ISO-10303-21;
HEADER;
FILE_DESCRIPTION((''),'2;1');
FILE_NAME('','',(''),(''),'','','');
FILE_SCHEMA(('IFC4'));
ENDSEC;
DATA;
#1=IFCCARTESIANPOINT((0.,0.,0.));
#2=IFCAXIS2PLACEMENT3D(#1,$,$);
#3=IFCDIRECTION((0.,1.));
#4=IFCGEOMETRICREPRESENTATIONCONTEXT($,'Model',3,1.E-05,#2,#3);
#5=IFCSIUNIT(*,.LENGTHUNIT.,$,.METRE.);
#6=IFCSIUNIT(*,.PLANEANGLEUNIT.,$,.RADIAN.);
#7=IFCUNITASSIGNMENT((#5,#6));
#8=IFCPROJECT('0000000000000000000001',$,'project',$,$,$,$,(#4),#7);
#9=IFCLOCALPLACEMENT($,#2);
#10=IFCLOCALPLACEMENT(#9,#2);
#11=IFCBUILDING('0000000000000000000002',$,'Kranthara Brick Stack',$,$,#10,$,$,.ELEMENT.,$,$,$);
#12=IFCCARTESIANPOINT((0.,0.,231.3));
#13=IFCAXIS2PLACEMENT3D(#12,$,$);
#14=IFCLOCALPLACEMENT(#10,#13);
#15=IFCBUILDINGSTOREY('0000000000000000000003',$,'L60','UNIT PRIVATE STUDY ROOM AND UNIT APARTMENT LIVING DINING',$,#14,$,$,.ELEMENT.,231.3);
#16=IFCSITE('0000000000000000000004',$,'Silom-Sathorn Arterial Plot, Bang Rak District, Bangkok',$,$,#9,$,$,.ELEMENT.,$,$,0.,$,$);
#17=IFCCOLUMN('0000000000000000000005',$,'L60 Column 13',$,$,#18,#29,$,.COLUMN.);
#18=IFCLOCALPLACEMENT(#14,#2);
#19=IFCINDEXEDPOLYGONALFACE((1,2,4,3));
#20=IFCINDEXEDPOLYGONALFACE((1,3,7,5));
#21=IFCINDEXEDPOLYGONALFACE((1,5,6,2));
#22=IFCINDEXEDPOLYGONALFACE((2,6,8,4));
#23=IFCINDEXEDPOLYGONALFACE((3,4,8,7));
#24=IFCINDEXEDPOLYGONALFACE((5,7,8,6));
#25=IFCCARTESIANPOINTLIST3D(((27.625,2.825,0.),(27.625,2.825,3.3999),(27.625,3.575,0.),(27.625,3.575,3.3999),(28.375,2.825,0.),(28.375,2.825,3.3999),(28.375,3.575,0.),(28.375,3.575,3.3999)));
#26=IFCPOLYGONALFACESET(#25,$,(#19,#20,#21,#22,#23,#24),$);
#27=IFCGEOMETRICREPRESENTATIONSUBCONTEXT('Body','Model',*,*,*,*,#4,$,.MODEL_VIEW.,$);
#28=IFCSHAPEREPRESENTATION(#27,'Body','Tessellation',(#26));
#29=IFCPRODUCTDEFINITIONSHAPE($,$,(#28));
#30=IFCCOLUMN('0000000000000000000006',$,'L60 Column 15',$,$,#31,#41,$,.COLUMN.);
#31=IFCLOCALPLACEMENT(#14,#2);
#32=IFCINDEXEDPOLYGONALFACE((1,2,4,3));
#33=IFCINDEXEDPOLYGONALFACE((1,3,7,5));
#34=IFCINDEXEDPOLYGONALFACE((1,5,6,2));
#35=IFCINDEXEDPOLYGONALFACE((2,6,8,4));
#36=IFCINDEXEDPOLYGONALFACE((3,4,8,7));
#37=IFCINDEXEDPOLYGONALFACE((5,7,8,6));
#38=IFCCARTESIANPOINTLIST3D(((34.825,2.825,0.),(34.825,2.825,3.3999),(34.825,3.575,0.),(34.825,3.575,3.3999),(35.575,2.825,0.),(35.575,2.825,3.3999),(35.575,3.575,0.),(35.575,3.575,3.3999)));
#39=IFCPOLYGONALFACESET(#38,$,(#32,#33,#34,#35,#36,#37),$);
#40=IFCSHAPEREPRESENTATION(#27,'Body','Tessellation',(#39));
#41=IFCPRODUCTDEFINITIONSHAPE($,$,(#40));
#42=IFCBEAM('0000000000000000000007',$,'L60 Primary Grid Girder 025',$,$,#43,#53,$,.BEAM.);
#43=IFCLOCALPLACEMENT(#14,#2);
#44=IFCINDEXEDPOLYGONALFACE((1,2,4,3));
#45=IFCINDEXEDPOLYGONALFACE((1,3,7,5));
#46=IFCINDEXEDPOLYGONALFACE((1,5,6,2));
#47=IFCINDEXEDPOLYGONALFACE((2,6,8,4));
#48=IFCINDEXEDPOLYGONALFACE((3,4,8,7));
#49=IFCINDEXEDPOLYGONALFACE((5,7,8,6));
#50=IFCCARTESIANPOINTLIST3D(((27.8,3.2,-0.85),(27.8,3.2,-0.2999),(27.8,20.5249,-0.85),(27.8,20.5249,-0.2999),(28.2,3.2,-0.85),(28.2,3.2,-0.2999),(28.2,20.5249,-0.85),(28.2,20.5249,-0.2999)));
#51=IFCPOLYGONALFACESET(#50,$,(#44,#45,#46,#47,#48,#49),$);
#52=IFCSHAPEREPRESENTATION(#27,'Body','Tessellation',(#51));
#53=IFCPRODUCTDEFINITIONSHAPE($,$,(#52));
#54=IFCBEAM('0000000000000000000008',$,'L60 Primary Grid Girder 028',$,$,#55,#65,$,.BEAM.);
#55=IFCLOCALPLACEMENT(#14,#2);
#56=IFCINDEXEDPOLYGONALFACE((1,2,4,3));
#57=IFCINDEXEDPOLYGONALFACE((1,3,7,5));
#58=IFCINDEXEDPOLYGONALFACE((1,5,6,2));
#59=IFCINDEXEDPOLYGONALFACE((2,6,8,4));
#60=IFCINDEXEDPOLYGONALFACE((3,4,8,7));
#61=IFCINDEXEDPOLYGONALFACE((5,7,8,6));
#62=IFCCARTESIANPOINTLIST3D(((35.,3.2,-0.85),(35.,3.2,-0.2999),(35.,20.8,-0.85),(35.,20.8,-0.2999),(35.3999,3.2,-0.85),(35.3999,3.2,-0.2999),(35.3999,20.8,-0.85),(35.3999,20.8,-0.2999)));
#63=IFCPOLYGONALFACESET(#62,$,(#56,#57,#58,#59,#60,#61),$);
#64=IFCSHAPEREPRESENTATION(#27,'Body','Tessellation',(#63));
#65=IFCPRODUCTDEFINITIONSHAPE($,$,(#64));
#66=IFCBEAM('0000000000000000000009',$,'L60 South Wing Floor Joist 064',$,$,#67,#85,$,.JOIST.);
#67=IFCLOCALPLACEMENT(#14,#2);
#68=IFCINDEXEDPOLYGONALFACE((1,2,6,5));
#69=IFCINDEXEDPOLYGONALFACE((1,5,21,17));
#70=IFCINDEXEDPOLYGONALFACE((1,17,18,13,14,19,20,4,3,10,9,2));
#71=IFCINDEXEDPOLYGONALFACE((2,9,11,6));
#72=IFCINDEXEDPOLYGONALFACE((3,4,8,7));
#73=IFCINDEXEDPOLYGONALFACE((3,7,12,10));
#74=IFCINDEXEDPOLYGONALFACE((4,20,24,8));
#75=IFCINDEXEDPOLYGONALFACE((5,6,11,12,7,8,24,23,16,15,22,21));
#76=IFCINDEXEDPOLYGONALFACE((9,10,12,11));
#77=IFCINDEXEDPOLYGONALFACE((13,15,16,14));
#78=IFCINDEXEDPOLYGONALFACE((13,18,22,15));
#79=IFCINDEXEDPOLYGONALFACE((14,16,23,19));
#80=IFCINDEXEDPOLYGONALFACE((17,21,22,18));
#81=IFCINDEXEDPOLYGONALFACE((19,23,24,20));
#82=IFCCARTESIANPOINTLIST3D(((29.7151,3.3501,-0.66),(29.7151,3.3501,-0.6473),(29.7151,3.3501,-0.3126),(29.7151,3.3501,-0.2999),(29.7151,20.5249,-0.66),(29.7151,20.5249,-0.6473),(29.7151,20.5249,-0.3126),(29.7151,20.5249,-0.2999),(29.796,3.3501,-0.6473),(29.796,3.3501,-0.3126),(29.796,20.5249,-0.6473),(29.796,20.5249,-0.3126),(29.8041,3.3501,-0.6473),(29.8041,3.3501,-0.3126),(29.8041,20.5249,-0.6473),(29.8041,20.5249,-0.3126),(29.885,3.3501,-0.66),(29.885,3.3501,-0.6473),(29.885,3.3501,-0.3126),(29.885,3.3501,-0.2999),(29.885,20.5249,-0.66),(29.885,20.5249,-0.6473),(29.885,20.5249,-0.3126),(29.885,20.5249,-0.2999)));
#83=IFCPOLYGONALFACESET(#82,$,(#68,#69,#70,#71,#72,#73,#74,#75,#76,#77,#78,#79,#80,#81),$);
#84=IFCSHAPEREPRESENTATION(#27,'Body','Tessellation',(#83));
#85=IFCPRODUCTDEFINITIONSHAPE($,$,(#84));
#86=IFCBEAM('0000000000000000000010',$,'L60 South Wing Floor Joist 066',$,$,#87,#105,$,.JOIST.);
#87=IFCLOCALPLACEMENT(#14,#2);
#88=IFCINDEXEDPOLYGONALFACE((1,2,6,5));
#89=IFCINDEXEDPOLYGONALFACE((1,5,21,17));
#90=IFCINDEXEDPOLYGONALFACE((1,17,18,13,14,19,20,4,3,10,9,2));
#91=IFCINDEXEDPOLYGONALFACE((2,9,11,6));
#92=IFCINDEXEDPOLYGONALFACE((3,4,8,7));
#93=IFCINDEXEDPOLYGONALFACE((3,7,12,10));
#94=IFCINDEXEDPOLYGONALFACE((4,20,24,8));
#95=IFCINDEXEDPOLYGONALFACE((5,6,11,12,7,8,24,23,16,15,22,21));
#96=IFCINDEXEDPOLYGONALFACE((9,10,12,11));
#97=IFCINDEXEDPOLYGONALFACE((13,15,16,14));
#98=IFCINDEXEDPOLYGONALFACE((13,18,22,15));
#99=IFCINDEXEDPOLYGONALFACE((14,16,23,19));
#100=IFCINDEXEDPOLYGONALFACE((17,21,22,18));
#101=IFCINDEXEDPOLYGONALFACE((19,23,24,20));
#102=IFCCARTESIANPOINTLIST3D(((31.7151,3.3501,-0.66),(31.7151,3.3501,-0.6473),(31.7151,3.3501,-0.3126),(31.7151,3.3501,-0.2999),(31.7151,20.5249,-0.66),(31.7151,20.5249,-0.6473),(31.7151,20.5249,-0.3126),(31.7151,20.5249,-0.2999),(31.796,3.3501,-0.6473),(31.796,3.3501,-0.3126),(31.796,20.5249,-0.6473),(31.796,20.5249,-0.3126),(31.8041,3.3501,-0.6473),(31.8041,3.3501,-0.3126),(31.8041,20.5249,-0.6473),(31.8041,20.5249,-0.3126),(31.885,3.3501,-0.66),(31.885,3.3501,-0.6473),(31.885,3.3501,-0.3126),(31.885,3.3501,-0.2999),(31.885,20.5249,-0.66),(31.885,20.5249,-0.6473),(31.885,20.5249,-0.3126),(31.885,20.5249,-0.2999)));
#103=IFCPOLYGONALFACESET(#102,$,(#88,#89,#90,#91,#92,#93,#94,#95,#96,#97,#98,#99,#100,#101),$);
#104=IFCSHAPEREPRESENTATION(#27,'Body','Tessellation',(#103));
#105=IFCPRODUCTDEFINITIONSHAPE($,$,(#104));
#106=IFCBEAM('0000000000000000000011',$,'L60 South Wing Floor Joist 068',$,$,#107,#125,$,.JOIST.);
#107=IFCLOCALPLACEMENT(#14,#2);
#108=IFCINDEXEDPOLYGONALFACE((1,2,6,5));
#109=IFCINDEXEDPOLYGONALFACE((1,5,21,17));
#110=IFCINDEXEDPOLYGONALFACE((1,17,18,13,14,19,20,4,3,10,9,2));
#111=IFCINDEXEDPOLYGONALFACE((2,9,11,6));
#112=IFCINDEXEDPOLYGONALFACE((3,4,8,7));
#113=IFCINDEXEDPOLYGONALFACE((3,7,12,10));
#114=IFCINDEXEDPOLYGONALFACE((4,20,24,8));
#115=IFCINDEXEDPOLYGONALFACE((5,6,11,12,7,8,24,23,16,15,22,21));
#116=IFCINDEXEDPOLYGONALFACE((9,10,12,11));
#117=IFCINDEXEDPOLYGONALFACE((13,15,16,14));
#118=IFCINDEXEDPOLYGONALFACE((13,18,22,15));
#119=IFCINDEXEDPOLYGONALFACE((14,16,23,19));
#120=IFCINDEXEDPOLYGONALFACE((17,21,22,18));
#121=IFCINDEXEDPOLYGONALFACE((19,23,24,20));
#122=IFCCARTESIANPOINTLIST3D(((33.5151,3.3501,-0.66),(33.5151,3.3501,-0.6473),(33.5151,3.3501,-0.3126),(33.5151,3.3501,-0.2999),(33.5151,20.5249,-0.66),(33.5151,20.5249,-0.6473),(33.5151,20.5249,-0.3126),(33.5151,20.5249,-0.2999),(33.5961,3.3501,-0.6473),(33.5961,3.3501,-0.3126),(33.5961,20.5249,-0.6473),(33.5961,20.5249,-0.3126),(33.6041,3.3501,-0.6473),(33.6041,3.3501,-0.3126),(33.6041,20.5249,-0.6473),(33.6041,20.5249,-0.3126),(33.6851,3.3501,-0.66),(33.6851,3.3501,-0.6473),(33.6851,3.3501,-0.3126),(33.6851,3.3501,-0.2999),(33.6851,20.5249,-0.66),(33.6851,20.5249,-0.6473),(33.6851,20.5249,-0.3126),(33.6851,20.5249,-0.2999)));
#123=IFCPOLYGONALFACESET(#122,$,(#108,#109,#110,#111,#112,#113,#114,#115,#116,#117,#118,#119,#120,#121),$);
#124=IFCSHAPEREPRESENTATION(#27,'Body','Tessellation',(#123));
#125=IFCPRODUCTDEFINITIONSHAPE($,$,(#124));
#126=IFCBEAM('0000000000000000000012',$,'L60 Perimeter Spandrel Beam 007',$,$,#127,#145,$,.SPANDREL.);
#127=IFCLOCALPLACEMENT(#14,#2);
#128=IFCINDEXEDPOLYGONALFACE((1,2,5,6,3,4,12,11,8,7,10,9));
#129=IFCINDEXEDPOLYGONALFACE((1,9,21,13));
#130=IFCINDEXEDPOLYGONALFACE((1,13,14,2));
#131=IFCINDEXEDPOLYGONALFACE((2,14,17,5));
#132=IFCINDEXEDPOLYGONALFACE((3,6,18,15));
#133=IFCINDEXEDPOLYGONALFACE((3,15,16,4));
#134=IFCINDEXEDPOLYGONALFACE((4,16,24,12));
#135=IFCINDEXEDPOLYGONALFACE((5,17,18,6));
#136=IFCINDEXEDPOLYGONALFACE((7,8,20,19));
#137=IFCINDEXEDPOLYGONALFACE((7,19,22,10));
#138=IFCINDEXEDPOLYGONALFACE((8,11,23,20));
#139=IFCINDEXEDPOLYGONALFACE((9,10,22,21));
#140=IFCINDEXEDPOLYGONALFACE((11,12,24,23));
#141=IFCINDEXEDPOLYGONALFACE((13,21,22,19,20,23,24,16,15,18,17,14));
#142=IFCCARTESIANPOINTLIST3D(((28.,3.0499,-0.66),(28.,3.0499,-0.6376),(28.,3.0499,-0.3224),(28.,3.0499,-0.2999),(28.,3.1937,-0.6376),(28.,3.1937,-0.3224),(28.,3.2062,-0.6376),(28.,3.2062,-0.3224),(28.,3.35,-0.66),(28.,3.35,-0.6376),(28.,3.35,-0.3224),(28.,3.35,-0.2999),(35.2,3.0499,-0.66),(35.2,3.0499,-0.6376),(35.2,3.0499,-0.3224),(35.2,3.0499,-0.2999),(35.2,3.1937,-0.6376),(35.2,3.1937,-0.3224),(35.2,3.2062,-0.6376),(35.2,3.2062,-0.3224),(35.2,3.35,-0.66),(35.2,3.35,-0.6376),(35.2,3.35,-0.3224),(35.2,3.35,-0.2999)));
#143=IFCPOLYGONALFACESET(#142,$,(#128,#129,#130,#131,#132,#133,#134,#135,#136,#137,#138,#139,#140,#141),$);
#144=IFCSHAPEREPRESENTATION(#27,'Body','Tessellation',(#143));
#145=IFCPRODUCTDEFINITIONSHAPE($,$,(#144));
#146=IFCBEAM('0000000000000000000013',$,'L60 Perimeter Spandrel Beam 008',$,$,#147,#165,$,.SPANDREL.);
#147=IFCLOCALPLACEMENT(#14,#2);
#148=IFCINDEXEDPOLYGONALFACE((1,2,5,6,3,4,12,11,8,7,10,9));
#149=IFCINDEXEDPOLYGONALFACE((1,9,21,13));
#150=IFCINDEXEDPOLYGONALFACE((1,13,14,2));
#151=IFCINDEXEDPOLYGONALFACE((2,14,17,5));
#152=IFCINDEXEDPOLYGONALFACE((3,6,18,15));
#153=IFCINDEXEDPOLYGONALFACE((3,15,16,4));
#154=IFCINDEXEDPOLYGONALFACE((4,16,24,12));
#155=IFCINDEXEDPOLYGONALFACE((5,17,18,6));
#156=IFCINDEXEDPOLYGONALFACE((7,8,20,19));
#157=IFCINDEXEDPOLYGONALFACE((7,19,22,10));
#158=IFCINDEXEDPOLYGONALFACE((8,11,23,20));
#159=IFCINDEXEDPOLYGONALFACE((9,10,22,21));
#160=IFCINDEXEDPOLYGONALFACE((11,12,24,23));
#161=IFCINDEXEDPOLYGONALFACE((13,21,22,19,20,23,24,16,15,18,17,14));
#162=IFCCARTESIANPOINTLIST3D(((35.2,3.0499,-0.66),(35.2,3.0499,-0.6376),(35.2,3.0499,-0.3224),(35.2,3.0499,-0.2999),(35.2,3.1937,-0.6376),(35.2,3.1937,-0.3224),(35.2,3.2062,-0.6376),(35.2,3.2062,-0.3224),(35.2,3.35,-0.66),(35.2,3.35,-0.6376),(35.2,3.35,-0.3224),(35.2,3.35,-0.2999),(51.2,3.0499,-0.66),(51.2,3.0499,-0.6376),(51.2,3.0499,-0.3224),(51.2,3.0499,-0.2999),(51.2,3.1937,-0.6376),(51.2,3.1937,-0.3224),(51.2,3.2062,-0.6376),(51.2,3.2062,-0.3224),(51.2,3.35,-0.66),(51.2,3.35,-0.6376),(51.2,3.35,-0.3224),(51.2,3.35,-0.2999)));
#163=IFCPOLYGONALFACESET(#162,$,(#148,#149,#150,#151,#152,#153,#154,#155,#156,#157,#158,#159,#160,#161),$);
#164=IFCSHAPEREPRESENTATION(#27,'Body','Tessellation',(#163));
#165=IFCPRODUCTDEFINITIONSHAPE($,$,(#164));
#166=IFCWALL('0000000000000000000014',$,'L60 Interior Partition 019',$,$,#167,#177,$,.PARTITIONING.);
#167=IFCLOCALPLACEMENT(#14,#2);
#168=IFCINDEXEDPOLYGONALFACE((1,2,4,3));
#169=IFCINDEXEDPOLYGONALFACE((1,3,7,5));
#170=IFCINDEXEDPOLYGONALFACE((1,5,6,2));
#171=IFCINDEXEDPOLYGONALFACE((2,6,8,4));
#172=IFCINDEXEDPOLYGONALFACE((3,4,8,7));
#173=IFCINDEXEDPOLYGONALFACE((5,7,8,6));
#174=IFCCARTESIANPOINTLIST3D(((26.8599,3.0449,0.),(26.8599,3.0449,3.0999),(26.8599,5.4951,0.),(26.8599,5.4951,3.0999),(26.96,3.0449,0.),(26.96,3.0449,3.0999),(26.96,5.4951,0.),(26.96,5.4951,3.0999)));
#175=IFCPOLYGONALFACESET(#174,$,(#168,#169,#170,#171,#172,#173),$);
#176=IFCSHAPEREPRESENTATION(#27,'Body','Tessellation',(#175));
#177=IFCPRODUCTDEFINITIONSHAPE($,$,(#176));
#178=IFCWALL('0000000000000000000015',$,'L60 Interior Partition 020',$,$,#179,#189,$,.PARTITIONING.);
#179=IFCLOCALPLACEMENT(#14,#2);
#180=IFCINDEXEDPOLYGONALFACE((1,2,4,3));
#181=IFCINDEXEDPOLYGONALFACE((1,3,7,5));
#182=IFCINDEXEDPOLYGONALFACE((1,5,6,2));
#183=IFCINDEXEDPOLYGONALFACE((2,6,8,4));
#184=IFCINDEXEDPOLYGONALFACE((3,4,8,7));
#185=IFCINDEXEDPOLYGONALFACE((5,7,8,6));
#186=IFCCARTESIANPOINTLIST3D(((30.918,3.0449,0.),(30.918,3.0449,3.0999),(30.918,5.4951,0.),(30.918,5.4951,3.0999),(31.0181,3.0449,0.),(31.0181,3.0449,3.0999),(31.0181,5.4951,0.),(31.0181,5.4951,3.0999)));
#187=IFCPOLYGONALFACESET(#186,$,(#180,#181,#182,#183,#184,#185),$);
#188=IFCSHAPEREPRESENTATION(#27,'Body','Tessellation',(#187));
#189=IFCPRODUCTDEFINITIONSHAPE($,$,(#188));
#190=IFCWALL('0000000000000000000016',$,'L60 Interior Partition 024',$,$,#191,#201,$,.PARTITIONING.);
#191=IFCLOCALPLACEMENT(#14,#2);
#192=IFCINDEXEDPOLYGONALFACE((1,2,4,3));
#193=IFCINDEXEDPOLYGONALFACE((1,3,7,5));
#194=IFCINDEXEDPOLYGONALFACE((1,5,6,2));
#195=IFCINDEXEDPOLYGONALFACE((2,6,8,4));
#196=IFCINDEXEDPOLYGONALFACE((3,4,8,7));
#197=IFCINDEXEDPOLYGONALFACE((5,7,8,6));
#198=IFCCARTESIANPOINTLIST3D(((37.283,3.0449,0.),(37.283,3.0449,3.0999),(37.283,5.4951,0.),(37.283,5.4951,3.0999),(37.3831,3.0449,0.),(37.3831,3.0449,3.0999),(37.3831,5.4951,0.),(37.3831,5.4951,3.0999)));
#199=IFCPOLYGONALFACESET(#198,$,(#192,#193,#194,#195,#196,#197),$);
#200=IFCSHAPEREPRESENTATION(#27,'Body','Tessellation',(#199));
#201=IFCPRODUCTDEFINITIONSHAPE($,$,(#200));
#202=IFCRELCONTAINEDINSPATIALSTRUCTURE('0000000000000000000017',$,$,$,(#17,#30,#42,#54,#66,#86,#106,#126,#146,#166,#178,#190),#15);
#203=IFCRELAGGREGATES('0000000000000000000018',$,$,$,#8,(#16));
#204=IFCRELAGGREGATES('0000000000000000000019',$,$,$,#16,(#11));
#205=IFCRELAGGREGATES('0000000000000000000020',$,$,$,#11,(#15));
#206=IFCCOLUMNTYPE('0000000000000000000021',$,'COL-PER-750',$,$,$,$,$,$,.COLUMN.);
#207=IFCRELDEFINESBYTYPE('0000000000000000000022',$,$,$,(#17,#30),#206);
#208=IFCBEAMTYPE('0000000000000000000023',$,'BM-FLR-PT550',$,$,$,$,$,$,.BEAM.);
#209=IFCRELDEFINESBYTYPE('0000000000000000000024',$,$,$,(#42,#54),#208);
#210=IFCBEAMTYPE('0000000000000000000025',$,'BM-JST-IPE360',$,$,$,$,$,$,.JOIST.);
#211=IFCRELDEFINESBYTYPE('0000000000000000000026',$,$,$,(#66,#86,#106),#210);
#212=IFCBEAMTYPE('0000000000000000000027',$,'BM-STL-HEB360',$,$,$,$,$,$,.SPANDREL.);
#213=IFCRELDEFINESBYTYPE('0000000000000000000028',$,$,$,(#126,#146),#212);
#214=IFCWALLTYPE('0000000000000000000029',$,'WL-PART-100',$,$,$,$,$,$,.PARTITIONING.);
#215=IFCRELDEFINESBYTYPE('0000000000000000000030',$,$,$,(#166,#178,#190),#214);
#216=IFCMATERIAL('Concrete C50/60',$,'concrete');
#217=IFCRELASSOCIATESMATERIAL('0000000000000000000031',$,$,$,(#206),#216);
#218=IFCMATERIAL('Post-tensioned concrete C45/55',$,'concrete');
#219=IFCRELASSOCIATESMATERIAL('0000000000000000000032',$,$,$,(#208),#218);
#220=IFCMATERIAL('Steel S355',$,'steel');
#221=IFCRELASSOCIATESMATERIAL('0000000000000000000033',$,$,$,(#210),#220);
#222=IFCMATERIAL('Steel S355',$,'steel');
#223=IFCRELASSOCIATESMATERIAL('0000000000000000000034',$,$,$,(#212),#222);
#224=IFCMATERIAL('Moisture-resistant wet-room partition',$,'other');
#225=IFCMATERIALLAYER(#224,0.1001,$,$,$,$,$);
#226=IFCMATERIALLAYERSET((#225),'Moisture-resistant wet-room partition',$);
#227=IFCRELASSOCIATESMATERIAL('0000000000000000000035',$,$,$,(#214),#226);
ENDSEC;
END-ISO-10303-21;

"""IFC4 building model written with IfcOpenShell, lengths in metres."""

from ifc_helpers import new_model, si_unit, direction, frame, frame_2d, origin, origin_2d, place, context, subcontext, project, spatial, rectangle, i_section, extrude, material, layer, layer_set, material_profile, profile_set, type_object, element, save


model = new_model("IFC4")

# Units and contexts
model_context = context("Model", 3, precision=1e-05, world=origin(), true_north=direction((0.0, 1.0)))
body_context = subcontext(model_context, "Body", "Model", "MODEL_VIEW")
ifc_project = project(units=[si_unit("LENGTHUNIT", "METRE"), si_unit("PLANEANGLEUNIT", "RADIAN")], contexts=[model_context])

# Site, building, storey
site_placement = place(None, origin())
site = spatial("IfcSite", under=ifc_project, at=site_placement, Name="Silom-Sathorn Arterial Plot, Bang Rak District, Bangkok", CompositionType="ELEMENT", RefElevation=0.0)
building_placement = place(site_placement, origin())
building = spatial("IfcBuilding", under=site, at=building_placement, Name="Kranthara Brick Stack", CompositionType="ELEMENT")
storey_placement = place(building_placement, frame((0.0, 0.0, 231.3)))
storey = spatial("IfcBuildingStorey", under=building, at=storey_placement, Name="L60", Description="UNIT PRIVATE STUDY ROOM AND UNIT APARTMENT LIVING DINING", CompositionType="ELEMENT", Elevation=231.3)

# Columns
ifc_material_1 = material(Name="Concrete C50/60", Category="concrete")
ifc_material_profile_1 = material_profile(ifc_material_1, rectangle(XDim=0.75, YDim=0.75, at=origin_2d()), Name="RC 750x750")
ifc_profile_set_1 = profile_set([ifc_material_profile_1], Name="Concrete C50/60")
column_type = type_object("IfcColumnType", Name="COL-PER-750", PredefinedType="COLUMN", material=ifc_profile_set_1)
for number, where, z_axis, x_axis, name in (
    (1, (28.0, 3.2, 0.0), (0.0, 0.0, 1.0), (1.0, 0.0, 0.0), "L60 Column 13"),
    (2, (35.2, 3.2, 0.0), (0.0, 0.0, 1.0), (1.0, 0.0, 0.0), "L60 Column 15"),
):
    element("IfcColumn", number, at=place(storey_placement, frame(where, z_axis=z_axis, x_axis=x_axis)), inside=storey, type_object=column_type, Name=name, PredefinedType="COLUMN", context=body_context, shape_type="SweptSolid", body=[
        extrude(rectangle(XDim=0.75, YDim=0.75, at=origin_2d()), origin(), (0.0, 0.0, 1.0), 3.3999),
    ])

# Beams
ifc_material_2 = material(Name="Post-tensioned concrete C45/55", Category="concrete")
ifc_material_profile_2 = material_profile(ifc_material_2, rectangle(XDim=0.3999, YDim=0.55, at=origin_2d()), Name="PT 400x550")
ifc_profile_set_2 = profile_set([ifc_material_profile_2], Name="Post-tensioned concrete C45/55")
beam_type_1 = type_object("IfcBeamType", Name="BM-FLR-PT550", PredefinedType="BEAM", material=ifc_profile_set_2)
beam_1_placement = place(storey_placement, frame((28.0, 3.2, -0.575), z_axis=(0.0, 1.0, 0.0), x_axis=(-1.0, 0.0, 0.0)))
element("IfcBeam", 3, at=beam_1_placement, inside=storey, type_object=beam_type_1, Name="L60 Primary Grid Girder 025", PredefinedType="BEAM", context=body_context, shape_type="SweptSolid", body=[
    extrude(rectangle(XDim=0.3999, YDim=0.55, at=origin_2d()), origin(), (0.0, 0.0, 1.0), 17.325),
])
beam_2_placement = place(storey_placement, frame((35.2, 3.2, -0.575), z_axis=(0.0, 1.0, 0.0), x_axis=(-1.0, 0.0, 0.0)))
element("IfcBeam", 4, at=beam_2_placement, inside=storey, type_object=beam_type_1, Name="L60 Primary Grid Girder 028", PredefinedType="BEAM", context=body_context, shape_type="SweptSolid", body=[
    extrude(rectangle(XDim=0.3999, YDim=0.55, at=origin_2d()), origin(), (0.0, 0.0, 1.0), 17.6001),
])
ifc_material_3 = material(Name="Steel S355", Category="steel")
ifc_material_profile_3 = material_profile(ifc_material_3, i_section(OverallWidth=0.1699, OverallDepth=0.3601, WebThickness=0.0081, FlangeThickness=0.0127, at=origin_2d()), Name="IPE 360")
ifc_profile_set_3 = profile_set([ifc_material_profile_3], Name="Steel S355")
beam_type_2 = type_object("IfcBeamType", Name="BM-JST-IPE360", PredefinedType="JOIST", material=ifc_profile_set_3)
for number, where, z_axis, x_axis, name in (
    (5, (29.8, 3.3501, -0.48), (0.0, 1.0, 0.0), (-1.0, 0.0, 0.0), "L60 South Wing Floor Joist 064"),
    (6, (31.8, 3.3501, -0.48), (0.0, 1.0, 0.0), (-1.0, 0.0, 0.0), "L60 South Wing Floor Joist 066"),
    (7, (33.6001, 3.3501, -0.48), (0.0, 1.0, 0.0), (-1.0, 0.0, 0.0), "L60 South Wing Floor Joist 068"),
):
    element("IfcBeam", number, at=place(storey_placement, frame(where, z_axis=z_axis, x_axis=x_axis)), inside=storey, type_object=beam_type_2, Name=name, PredefinedType="JOIST", context=body_context, shape_type="SweptSolid", body=[
        extrude(i_section(OverallWidth=0.1699, OverallDepth=0.3601, WebThickness=0.0081, FlangeThickness=0.0127, at=origin_2d()), origin(), (0.0, 0.0, 1.0), 17.1748),
    ])
ifc_material_4 = material(Name="Steel S355", Category="steel")
ifc_material_profile_4 = material_profile(ifc_material_4, i_section(OverallWidth=0.3, OverallDepth=0.3601, WebThickness=0.0125, FlangeThickness=0.0225, at=origin_2d()), Name="HEB 360")
ifc_profile_set_4 = profile_set([ifc_material_profile_4], Name="Steel S355")
beam_type_3 = type_object("IfcBeamType", Name="BM-STL-HEB360", PredefinedType="SPANDREL", material=ifc_profile_set_4)
beam_3_placement = place(storey_placement, frame((28.0, 3.2, -0.48), z_axis=(1.0, 0.0, 0.0), x_axis=(0.0, 1.0, 0.0)))
element("IfcBeam", 8, at=beam_3_placement, inside=storey, type_object=beam_type_3, Name="L60 Perimeter Spandrel Beam 007", PredefinedType="SPANDREL", context=body_context, shape_type="SweptSolid", body=[
    extrude(i_section(OverallWidth=0.3, OverallDepth=0.3601, WebThickness=0.0125, FlangeThickness=0.0225, at=origin_2d()), origin(), (0.0, 0.0, 1.0), 7.2),
])
beam_4_placement = place(storey_placement, frame((35.2, 3.2, -0.48), z_axis=(1.0, 0.0, 0.0), x_axis=(0.0, 1.0, 0.0)))
element("IfcBeam", 9, at=beam_4_placement, inside=storey, type_object=beam_type_3, Name="L60 Perimeter Spandrel Beam 008", PredefinedType="SPANDREL", context=body_context, shape_type="SweptSolid", body=[
    extrude(i_section(OverallWidth=0.3, OverallDepth=0.3601, WebThickness=0.0125, FlangeThickness=0.0225, at=origin_2d()), origin(), (0.0, 0.0, 1.0), 16.0),
])

# Walls
ifc_material_5 = material(Name="Moisture-resistant wet-room partition", Category="other")
ifc_layer_1 = layer(ifc_material_5, 0.1001)
ifc_layer_set_1 = layer_set([ifc_layer_1], Name="Moisture-resistant wet-room partition")
wall_type_1 = type_object("IfcWallType", Name="WL-PART-100", PredefinedType="PARTITIONING", material=ifc_layer_set_1)
for number, where, z_axis, x_axis, name in (
    (10, (26.9099, 3.0449, 0.0), (0.0, 0.0, 1.0), (0.0, 1.0, 0.0), "L60 Interior Partition 019"),
    (11, (30.968, 3.0449, 0.0), (0.0, 0.0, 1.0), (0.0, 1.0, 0.0), "L60 Interior Partition 020"),
    (12, (37.333, 3.0449, 0.0), (0.0, 0.0, 1.0), (0.0, 1.0, 0.0), "L60 Interior Partition 024"),
):
    element("IfcWall", number, at=place(storey_placement, frame(where, z_axis=z_axis, x_axis=x_axis)), inside=storey, type_object=wall_type_1, Name=name, PredefinedType="PARTITIONING", context=body_context, shape_type="SweptSolid", body=[
        extrude(rectangle(XDim=2.4502, YDim=0.1001, at=frame_2d((1.2251, 0.0))), origin(), (0.0, 0.0, 1.0), 3.0999),
    ])

save(model, "model.ifc")
